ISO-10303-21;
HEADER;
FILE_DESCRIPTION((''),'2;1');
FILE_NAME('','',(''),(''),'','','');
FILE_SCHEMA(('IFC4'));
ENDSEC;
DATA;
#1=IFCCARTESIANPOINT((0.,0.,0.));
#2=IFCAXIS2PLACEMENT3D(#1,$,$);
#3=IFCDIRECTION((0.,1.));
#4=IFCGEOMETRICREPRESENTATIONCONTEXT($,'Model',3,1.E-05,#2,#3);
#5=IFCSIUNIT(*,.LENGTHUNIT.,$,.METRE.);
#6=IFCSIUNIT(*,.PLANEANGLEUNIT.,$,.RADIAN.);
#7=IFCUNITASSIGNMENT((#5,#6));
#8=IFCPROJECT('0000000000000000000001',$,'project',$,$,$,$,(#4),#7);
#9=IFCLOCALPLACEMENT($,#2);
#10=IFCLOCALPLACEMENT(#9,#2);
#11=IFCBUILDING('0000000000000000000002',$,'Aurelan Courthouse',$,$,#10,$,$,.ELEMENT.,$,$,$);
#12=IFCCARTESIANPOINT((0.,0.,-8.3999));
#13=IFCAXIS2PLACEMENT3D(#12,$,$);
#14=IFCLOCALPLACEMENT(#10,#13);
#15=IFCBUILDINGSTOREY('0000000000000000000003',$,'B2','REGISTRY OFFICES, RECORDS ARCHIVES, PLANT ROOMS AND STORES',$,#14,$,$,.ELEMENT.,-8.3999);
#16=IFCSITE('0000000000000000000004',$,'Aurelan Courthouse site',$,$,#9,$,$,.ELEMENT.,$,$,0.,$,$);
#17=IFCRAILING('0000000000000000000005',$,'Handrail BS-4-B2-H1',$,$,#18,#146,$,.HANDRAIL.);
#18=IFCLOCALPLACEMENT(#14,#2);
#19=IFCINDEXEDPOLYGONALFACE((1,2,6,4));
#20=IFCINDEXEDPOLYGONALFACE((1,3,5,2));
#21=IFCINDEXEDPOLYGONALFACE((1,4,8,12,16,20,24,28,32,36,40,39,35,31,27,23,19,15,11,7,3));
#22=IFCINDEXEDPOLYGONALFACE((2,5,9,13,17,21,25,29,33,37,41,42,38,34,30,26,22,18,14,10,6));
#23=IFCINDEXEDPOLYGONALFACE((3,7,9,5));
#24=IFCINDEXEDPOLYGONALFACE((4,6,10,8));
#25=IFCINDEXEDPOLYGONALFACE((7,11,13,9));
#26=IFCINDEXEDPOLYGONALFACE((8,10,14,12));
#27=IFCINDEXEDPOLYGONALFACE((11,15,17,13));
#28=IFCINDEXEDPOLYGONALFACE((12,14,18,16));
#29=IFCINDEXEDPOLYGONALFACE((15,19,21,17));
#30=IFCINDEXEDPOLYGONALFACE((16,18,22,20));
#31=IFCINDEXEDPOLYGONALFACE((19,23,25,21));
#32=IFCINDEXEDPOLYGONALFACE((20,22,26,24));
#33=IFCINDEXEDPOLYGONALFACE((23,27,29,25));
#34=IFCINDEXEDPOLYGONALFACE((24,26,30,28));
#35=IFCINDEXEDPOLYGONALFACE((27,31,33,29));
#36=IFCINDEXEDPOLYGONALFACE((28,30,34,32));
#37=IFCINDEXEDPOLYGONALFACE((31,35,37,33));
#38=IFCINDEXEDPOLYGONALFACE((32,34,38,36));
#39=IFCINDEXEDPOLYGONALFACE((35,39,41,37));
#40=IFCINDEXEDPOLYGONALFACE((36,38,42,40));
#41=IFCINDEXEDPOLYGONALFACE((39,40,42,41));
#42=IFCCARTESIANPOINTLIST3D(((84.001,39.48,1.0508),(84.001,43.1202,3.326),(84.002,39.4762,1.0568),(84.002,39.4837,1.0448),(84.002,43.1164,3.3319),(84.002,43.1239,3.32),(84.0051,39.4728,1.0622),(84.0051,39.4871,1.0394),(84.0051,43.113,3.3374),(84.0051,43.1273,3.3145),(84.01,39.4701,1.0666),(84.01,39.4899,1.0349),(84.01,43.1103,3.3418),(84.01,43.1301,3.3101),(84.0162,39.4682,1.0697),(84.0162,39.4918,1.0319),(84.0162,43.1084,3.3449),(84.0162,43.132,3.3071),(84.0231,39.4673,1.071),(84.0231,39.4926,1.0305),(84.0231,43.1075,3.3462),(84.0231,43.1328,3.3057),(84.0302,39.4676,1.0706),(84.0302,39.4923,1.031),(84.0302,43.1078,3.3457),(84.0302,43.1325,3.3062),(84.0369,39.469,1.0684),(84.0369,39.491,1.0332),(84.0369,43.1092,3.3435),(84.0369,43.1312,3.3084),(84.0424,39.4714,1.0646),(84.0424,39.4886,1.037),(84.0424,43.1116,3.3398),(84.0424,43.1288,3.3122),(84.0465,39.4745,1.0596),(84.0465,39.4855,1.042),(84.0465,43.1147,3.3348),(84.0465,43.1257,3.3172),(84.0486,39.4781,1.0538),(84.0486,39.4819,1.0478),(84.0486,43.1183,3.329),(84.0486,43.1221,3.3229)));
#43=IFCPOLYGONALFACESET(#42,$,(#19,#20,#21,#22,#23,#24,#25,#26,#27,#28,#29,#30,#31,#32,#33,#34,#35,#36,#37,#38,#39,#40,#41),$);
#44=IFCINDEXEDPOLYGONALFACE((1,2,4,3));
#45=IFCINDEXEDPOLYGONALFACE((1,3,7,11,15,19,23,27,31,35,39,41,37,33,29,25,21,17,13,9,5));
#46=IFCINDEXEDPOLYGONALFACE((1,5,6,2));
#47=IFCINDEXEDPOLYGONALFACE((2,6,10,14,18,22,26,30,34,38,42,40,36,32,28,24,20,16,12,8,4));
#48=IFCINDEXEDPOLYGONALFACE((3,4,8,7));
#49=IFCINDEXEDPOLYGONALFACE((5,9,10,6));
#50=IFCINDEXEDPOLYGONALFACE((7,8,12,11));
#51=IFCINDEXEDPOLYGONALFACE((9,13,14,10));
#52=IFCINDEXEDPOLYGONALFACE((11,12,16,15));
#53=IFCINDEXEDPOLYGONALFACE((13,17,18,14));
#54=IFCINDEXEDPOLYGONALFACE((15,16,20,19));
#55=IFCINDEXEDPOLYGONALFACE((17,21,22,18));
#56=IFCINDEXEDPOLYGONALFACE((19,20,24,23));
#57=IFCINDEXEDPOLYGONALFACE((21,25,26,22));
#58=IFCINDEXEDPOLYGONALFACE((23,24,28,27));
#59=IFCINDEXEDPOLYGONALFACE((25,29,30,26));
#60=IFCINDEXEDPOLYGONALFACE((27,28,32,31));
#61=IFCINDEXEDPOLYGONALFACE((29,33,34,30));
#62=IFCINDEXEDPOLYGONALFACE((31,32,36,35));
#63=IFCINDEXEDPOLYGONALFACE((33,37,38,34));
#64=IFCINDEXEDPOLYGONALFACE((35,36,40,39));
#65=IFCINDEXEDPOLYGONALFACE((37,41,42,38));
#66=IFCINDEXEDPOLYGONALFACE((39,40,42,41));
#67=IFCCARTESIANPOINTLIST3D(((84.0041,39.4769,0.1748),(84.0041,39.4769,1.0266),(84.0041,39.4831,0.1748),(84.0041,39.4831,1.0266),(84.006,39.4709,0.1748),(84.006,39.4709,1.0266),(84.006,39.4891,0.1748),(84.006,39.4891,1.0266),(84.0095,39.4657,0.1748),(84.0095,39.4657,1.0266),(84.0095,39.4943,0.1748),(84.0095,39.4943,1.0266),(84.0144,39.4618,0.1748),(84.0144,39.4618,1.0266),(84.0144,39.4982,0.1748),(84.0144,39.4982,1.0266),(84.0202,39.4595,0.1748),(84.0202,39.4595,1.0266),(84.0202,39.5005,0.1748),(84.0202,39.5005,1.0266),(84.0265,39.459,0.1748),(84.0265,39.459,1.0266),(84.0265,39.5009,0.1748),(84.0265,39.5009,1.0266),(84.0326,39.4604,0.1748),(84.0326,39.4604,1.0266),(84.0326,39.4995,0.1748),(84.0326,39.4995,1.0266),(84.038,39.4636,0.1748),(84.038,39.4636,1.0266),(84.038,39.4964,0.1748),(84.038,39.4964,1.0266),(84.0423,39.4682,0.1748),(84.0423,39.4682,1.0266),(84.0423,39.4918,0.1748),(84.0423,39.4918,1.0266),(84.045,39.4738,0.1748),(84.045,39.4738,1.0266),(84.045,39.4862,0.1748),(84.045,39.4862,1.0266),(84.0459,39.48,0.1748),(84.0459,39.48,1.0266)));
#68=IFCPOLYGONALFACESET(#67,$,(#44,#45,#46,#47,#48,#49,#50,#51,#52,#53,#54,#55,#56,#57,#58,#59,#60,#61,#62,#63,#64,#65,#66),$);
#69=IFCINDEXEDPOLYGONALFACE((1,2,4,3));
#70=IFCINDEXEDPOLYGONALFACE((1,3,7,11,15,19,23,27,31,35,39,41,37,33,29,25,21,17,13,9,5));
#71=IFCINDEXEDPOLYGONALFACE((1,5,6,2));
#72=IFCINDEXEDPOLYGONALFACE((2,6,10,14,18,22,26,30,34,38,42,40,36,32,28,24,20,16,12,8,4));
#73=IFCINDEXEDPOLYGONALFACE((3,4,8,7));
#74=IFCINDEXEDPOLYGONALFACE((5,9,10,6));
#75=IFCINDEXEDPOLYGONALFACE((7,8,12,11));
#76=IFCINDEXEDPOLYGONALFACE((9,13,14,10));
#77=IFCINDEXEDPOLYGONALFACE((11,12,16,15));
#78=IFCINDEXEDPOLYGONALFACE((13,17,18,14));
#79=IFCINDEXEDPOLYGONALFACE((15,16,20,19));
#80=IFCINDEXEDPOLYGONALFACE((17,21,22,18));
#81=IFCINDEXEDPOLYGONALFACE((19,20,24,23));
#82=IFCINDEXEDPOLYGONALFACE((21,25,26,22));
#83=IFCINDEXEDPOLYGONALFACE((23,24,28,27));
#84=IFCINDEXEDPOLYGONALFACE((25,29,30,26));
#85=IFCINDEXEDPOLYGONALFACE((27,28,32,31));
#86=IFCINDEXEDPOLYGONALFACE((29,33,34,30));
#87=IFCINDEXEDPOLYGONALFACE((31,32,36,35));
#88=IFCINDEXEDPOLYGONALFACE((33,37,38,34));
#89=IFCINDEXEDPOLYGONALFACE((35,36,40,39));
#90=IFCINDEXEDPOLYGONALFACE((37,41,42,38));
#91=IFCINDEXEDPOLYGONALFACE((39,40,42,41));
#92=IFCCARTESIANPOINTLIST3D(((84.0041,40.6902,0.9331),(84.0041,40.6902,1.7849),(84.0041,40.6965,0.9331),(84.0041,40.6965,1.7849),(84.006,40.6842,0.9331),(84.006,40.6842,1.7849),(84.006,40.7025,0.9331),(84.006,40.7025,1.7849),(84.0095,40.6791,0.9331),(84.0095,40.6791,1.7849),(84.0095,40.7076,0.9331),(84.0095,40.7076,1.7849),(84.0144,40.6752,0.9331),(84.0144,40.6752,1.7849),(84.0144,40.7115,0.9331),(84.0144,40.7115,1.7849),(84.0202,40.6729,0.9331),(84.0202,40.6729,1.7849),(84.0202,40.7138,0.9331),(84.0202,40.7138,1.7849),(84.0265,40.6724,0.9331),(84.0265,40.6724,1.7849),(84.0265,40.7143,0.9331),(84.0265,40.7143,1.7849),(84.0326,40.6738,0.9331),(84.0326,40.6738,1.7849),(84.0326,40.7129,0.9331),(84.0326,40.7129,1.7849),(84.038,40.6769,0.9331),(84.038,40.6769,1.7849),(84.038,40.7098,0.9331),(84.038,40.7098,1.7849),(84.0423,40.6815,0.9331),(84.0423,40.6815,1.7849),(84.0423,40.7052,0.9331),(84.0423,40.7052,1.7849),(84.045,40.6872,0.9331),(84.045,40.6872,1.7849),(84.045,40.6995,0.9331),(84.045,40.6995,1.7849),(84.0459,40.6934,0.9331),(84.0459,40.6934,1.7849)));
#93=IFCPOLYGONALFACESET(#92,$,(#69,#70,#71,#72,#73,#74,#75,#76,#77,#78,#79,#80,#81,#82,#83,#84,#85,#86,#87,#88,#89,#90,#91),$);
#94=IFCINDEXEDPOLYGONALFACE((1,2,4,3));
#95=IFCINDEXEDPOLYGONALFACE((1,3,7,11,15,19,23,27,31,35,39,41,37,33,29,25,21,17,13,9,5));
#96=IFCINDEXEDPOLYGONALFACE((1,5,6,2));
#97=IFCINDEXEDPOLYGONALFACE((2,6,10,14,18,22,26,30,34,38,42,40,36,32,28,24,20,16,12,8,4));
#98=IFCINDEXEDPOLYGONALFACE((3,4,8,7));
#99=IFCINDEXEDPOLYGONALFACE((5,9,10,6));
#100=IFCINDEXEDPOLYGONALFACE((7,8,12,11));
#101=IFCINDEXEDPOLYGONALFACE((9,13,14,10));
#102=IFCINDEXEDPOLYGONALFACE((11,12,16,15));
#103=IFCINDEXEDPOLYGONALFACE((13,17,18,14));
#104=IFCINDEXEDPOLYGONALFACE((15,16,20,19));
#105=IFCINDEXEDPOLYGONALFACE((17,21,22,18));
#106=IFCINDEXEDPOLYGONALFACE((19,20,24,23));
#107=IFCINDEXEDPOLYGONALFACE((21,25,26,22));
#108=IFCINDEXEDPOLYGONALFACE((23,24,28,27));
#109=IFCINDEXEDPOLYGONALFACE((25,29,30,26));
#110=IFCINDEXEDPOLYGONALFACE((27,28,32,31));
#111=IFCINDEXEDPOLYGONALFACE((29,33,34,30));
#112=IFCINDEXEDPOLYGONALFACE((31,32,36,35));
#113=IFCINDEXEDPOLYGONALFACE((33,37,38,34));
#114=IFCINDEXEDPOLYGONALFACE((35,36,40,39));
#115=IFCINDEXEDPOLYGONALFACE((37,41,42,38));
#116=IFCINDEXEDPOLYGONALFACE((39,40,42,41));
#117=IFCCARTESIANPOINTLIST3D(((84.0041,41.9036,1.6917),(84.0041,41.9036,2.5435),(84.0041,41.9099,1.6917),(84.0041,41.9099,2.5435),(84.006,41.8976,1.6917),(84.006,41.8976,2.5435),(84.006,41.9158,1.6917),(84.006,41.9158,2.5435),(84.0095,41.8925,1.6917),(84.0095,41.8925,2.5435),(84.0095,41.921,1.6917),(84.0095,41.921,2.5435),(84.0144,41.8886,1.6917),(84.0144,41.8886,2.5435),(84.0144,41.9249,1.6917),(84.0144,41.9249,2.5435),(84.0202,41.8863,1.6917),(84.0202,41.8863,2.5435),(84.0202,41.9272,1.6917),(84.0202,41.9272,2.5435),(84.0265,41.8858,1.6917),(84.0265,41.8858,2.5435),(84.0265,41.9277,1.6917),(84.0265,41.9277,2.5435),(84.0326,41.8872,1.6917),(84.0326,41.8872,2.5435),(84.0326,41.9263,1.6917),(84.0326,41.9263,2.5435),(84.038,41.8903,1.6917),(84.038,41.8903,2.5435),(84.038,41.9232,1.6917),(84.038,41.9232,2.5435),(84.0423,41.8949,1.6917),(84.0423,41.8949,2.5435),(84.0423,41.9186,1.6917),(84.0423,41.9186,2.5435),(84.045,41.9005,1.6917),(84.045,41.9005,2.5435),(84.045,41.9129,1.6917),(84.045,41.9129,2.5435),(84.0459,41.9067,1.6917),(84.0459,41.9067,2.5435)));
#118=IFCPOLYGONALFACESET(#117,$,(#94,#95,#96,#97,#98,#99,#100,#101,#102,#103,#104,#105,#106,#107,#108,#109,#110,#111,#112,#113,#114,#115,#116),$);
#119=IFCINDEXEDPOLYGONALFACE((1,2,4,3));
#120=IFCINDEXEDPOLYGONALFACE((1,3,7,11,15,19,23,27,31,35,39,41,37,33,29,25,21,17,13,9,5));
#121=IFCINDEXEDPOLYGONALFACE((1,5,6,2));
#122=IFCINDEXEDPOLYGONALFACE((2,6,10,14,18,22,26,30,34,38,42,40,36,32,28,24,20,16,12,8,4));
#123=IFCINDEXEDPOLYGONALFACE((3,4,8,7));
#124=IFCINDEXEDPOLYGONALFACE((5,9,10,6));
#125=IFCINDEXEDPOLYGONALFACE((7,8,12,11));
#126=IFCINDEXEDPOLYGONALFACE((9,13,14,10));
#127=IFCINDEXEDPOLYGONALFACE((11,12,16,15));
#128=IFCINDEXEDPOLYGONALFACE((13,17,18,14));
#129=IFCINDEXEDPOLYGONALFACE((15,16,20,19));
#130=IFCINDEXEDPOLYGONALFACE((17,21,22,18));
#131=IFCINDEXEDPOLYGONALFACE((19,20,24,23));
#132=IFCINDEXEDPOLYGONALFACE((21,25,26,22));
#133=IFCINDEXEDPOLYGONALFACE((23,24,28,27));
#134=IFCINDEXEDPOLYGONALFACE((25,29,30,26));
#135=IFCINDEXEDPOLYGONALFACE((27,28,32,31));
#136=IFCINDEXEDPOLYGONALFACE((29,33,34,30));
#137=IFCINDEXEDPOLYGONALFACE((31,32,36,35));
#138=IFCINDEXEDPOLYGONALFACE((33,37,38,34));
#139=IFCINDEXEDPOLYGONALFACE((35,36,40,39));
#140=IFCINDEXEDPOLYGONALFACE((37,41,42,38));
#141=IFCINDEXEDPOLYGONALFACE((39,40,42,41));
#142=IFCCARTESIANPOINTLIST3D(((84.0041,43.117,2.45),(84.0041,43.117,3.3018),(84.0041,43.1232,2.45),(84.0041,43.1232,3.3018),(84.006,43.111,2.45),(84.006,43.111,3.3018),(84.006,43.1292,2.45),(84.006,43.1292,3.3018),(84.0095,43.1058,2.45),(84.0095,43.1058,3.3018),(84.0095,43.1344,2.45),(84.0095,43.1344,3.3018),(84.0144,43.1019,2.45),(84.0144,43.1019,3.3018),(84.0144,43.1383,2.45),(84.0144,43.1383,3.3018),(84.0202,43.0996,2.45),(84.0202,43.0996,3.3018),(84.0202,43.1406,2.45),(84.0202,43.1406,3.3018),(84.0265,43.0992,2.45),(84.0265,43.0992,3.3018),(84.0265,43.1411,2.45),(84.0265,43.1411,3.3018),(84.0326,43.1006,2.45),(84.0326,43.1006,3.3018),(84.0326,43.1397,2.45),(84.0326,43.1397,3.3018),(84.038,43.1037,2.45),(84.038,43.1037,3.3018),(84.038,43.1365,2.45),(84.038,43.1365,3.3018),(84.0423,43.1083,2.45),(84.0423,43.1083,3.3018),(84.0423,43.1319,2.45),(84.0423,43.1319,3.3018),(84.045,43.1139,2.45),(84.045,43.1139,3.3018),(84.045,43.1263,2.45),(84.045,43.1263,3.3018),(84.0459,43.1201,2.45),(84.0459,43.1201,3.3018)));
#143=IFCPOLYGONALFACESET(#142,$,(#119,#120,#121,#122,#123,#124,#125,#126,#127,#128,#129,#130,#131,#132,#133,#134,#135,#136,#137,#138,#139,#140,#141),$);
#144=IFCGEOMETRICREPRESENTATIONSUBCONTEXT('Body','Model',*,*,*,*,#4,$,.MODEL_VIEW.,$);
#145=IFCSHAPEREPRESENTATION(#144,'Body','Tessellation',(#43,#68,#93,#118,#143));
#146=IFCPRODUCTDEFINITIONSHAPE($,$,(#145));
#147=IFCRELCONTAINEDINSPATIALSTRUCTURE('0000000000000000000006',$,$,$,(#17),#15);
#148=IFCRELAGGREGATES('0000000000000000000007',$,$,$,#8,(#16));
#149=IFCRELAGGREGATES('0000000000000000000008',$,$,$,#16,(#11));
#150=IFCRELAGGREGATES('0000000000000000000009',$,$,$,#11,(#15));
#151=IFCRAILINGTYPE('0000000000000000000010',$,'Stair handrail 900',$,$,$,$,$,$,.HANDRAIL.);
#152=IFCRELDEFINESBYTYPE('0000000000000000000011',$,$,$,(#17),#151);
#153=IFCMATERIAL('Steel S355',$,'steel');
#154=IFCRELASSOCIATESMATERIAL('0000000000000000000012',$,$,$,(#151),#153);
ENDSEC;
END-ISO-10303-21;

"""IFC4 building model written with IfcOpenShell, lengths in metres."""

from ifc_helpers import new_model, si_unit, direction, frame, origin, origin_2d, place, context, subcontext, project, spatial, circle, extrude, material, type_object, element, save


model = new_model("IFC4")

# Units and contexts
model_context = context("Model", 3, precision=1e-05, world=origin(), true_north=direction((0.0, 1.0)))
body_context = subcontext(model_context, "Body", "Model", "MODEL_VIEW")
ifc_project = project(units=[si_unit("LENGTHUNIT", "METRE"), si_unit("PLANEANGLEUNIT", "RADIAN")], contexts=[model_context])

# Site, building, storey
site_placement = place(None, origin())
site = spatial("IfcSite", under=ifc_project, at=site_placement, Name="Aurelan Courthouse site", CompositionType="ELEMENT", RefElevation=0.0)
building_placement = place(site_placement, origin())
building = spatial("IfcBuilding", under=site, at=building_placement, Name="Aurelan Courthouse", CompositionType="ELEMENT")
storey_placement = place(building_placement, frame((0.0, 0.0, -8.3999)))
storey = spatial("IfcBuildingStorey", under=building, at=storey_placement, Name="B2", Description="REGISTRY OFFICES, RECORDS ARCHIVES, PLANT ROOMS AND STORES", CompositionType="ELEMENT", Elevation=-8.3999)

# Railing
ifc_material_1 = material(Name="Steel S355", Category="steel")
railing_type_1 = type_object("IfcRailingType", Name="Stair handrail 900", PredefinedType="HANDRAIL", material=ifc_material_1)
for number, where, name in (
    (1, (84.0249, 39.48, 0.1748), "Handrail BS-4-B2-H1"),
):
    element("IfcRailing", number, at=place(storey_placement, frame(where)), inside=storey, type_object=railing_type_1, Name=name, PredefinedType="HANDRAIL", context=body_context, shape_type="SweptSolid", body=[
        extrude(circle(Radius=0.0239, at=origin_2d()), frame((0.0, 0.0, 0.876), z_axis=(0.0, 0.847992, 0.530009), x_axis=(-1.0, 0.0, 0.0)), (0.0, 0.0, 1.0), 4.2927),
        extrude(circle(Radius=0.021, at=origin_2d()), origin(), (0.0, 0.0, 1.0), 0.8518),
        extrude(circle(Radius=0.021, at=origin_2d()), frame((0.0, 1.2134, 0.7583)), (0.0, 0.0, 1.0), 0.8518),
        extrude(circle(Radius=0.021, at=origin_2d()), frame((0.0, 2.4268, 1.5168)), (0.0, 0.0, 1.0), 0.8518),
        extrude(circle(Radius=0.021, at=origin_2d()), frame((0.0, 3.6401, 2.2751)), (0.0, 0.0, 1.0), 0.8518),
    ])

save(model, "model.ifc")
